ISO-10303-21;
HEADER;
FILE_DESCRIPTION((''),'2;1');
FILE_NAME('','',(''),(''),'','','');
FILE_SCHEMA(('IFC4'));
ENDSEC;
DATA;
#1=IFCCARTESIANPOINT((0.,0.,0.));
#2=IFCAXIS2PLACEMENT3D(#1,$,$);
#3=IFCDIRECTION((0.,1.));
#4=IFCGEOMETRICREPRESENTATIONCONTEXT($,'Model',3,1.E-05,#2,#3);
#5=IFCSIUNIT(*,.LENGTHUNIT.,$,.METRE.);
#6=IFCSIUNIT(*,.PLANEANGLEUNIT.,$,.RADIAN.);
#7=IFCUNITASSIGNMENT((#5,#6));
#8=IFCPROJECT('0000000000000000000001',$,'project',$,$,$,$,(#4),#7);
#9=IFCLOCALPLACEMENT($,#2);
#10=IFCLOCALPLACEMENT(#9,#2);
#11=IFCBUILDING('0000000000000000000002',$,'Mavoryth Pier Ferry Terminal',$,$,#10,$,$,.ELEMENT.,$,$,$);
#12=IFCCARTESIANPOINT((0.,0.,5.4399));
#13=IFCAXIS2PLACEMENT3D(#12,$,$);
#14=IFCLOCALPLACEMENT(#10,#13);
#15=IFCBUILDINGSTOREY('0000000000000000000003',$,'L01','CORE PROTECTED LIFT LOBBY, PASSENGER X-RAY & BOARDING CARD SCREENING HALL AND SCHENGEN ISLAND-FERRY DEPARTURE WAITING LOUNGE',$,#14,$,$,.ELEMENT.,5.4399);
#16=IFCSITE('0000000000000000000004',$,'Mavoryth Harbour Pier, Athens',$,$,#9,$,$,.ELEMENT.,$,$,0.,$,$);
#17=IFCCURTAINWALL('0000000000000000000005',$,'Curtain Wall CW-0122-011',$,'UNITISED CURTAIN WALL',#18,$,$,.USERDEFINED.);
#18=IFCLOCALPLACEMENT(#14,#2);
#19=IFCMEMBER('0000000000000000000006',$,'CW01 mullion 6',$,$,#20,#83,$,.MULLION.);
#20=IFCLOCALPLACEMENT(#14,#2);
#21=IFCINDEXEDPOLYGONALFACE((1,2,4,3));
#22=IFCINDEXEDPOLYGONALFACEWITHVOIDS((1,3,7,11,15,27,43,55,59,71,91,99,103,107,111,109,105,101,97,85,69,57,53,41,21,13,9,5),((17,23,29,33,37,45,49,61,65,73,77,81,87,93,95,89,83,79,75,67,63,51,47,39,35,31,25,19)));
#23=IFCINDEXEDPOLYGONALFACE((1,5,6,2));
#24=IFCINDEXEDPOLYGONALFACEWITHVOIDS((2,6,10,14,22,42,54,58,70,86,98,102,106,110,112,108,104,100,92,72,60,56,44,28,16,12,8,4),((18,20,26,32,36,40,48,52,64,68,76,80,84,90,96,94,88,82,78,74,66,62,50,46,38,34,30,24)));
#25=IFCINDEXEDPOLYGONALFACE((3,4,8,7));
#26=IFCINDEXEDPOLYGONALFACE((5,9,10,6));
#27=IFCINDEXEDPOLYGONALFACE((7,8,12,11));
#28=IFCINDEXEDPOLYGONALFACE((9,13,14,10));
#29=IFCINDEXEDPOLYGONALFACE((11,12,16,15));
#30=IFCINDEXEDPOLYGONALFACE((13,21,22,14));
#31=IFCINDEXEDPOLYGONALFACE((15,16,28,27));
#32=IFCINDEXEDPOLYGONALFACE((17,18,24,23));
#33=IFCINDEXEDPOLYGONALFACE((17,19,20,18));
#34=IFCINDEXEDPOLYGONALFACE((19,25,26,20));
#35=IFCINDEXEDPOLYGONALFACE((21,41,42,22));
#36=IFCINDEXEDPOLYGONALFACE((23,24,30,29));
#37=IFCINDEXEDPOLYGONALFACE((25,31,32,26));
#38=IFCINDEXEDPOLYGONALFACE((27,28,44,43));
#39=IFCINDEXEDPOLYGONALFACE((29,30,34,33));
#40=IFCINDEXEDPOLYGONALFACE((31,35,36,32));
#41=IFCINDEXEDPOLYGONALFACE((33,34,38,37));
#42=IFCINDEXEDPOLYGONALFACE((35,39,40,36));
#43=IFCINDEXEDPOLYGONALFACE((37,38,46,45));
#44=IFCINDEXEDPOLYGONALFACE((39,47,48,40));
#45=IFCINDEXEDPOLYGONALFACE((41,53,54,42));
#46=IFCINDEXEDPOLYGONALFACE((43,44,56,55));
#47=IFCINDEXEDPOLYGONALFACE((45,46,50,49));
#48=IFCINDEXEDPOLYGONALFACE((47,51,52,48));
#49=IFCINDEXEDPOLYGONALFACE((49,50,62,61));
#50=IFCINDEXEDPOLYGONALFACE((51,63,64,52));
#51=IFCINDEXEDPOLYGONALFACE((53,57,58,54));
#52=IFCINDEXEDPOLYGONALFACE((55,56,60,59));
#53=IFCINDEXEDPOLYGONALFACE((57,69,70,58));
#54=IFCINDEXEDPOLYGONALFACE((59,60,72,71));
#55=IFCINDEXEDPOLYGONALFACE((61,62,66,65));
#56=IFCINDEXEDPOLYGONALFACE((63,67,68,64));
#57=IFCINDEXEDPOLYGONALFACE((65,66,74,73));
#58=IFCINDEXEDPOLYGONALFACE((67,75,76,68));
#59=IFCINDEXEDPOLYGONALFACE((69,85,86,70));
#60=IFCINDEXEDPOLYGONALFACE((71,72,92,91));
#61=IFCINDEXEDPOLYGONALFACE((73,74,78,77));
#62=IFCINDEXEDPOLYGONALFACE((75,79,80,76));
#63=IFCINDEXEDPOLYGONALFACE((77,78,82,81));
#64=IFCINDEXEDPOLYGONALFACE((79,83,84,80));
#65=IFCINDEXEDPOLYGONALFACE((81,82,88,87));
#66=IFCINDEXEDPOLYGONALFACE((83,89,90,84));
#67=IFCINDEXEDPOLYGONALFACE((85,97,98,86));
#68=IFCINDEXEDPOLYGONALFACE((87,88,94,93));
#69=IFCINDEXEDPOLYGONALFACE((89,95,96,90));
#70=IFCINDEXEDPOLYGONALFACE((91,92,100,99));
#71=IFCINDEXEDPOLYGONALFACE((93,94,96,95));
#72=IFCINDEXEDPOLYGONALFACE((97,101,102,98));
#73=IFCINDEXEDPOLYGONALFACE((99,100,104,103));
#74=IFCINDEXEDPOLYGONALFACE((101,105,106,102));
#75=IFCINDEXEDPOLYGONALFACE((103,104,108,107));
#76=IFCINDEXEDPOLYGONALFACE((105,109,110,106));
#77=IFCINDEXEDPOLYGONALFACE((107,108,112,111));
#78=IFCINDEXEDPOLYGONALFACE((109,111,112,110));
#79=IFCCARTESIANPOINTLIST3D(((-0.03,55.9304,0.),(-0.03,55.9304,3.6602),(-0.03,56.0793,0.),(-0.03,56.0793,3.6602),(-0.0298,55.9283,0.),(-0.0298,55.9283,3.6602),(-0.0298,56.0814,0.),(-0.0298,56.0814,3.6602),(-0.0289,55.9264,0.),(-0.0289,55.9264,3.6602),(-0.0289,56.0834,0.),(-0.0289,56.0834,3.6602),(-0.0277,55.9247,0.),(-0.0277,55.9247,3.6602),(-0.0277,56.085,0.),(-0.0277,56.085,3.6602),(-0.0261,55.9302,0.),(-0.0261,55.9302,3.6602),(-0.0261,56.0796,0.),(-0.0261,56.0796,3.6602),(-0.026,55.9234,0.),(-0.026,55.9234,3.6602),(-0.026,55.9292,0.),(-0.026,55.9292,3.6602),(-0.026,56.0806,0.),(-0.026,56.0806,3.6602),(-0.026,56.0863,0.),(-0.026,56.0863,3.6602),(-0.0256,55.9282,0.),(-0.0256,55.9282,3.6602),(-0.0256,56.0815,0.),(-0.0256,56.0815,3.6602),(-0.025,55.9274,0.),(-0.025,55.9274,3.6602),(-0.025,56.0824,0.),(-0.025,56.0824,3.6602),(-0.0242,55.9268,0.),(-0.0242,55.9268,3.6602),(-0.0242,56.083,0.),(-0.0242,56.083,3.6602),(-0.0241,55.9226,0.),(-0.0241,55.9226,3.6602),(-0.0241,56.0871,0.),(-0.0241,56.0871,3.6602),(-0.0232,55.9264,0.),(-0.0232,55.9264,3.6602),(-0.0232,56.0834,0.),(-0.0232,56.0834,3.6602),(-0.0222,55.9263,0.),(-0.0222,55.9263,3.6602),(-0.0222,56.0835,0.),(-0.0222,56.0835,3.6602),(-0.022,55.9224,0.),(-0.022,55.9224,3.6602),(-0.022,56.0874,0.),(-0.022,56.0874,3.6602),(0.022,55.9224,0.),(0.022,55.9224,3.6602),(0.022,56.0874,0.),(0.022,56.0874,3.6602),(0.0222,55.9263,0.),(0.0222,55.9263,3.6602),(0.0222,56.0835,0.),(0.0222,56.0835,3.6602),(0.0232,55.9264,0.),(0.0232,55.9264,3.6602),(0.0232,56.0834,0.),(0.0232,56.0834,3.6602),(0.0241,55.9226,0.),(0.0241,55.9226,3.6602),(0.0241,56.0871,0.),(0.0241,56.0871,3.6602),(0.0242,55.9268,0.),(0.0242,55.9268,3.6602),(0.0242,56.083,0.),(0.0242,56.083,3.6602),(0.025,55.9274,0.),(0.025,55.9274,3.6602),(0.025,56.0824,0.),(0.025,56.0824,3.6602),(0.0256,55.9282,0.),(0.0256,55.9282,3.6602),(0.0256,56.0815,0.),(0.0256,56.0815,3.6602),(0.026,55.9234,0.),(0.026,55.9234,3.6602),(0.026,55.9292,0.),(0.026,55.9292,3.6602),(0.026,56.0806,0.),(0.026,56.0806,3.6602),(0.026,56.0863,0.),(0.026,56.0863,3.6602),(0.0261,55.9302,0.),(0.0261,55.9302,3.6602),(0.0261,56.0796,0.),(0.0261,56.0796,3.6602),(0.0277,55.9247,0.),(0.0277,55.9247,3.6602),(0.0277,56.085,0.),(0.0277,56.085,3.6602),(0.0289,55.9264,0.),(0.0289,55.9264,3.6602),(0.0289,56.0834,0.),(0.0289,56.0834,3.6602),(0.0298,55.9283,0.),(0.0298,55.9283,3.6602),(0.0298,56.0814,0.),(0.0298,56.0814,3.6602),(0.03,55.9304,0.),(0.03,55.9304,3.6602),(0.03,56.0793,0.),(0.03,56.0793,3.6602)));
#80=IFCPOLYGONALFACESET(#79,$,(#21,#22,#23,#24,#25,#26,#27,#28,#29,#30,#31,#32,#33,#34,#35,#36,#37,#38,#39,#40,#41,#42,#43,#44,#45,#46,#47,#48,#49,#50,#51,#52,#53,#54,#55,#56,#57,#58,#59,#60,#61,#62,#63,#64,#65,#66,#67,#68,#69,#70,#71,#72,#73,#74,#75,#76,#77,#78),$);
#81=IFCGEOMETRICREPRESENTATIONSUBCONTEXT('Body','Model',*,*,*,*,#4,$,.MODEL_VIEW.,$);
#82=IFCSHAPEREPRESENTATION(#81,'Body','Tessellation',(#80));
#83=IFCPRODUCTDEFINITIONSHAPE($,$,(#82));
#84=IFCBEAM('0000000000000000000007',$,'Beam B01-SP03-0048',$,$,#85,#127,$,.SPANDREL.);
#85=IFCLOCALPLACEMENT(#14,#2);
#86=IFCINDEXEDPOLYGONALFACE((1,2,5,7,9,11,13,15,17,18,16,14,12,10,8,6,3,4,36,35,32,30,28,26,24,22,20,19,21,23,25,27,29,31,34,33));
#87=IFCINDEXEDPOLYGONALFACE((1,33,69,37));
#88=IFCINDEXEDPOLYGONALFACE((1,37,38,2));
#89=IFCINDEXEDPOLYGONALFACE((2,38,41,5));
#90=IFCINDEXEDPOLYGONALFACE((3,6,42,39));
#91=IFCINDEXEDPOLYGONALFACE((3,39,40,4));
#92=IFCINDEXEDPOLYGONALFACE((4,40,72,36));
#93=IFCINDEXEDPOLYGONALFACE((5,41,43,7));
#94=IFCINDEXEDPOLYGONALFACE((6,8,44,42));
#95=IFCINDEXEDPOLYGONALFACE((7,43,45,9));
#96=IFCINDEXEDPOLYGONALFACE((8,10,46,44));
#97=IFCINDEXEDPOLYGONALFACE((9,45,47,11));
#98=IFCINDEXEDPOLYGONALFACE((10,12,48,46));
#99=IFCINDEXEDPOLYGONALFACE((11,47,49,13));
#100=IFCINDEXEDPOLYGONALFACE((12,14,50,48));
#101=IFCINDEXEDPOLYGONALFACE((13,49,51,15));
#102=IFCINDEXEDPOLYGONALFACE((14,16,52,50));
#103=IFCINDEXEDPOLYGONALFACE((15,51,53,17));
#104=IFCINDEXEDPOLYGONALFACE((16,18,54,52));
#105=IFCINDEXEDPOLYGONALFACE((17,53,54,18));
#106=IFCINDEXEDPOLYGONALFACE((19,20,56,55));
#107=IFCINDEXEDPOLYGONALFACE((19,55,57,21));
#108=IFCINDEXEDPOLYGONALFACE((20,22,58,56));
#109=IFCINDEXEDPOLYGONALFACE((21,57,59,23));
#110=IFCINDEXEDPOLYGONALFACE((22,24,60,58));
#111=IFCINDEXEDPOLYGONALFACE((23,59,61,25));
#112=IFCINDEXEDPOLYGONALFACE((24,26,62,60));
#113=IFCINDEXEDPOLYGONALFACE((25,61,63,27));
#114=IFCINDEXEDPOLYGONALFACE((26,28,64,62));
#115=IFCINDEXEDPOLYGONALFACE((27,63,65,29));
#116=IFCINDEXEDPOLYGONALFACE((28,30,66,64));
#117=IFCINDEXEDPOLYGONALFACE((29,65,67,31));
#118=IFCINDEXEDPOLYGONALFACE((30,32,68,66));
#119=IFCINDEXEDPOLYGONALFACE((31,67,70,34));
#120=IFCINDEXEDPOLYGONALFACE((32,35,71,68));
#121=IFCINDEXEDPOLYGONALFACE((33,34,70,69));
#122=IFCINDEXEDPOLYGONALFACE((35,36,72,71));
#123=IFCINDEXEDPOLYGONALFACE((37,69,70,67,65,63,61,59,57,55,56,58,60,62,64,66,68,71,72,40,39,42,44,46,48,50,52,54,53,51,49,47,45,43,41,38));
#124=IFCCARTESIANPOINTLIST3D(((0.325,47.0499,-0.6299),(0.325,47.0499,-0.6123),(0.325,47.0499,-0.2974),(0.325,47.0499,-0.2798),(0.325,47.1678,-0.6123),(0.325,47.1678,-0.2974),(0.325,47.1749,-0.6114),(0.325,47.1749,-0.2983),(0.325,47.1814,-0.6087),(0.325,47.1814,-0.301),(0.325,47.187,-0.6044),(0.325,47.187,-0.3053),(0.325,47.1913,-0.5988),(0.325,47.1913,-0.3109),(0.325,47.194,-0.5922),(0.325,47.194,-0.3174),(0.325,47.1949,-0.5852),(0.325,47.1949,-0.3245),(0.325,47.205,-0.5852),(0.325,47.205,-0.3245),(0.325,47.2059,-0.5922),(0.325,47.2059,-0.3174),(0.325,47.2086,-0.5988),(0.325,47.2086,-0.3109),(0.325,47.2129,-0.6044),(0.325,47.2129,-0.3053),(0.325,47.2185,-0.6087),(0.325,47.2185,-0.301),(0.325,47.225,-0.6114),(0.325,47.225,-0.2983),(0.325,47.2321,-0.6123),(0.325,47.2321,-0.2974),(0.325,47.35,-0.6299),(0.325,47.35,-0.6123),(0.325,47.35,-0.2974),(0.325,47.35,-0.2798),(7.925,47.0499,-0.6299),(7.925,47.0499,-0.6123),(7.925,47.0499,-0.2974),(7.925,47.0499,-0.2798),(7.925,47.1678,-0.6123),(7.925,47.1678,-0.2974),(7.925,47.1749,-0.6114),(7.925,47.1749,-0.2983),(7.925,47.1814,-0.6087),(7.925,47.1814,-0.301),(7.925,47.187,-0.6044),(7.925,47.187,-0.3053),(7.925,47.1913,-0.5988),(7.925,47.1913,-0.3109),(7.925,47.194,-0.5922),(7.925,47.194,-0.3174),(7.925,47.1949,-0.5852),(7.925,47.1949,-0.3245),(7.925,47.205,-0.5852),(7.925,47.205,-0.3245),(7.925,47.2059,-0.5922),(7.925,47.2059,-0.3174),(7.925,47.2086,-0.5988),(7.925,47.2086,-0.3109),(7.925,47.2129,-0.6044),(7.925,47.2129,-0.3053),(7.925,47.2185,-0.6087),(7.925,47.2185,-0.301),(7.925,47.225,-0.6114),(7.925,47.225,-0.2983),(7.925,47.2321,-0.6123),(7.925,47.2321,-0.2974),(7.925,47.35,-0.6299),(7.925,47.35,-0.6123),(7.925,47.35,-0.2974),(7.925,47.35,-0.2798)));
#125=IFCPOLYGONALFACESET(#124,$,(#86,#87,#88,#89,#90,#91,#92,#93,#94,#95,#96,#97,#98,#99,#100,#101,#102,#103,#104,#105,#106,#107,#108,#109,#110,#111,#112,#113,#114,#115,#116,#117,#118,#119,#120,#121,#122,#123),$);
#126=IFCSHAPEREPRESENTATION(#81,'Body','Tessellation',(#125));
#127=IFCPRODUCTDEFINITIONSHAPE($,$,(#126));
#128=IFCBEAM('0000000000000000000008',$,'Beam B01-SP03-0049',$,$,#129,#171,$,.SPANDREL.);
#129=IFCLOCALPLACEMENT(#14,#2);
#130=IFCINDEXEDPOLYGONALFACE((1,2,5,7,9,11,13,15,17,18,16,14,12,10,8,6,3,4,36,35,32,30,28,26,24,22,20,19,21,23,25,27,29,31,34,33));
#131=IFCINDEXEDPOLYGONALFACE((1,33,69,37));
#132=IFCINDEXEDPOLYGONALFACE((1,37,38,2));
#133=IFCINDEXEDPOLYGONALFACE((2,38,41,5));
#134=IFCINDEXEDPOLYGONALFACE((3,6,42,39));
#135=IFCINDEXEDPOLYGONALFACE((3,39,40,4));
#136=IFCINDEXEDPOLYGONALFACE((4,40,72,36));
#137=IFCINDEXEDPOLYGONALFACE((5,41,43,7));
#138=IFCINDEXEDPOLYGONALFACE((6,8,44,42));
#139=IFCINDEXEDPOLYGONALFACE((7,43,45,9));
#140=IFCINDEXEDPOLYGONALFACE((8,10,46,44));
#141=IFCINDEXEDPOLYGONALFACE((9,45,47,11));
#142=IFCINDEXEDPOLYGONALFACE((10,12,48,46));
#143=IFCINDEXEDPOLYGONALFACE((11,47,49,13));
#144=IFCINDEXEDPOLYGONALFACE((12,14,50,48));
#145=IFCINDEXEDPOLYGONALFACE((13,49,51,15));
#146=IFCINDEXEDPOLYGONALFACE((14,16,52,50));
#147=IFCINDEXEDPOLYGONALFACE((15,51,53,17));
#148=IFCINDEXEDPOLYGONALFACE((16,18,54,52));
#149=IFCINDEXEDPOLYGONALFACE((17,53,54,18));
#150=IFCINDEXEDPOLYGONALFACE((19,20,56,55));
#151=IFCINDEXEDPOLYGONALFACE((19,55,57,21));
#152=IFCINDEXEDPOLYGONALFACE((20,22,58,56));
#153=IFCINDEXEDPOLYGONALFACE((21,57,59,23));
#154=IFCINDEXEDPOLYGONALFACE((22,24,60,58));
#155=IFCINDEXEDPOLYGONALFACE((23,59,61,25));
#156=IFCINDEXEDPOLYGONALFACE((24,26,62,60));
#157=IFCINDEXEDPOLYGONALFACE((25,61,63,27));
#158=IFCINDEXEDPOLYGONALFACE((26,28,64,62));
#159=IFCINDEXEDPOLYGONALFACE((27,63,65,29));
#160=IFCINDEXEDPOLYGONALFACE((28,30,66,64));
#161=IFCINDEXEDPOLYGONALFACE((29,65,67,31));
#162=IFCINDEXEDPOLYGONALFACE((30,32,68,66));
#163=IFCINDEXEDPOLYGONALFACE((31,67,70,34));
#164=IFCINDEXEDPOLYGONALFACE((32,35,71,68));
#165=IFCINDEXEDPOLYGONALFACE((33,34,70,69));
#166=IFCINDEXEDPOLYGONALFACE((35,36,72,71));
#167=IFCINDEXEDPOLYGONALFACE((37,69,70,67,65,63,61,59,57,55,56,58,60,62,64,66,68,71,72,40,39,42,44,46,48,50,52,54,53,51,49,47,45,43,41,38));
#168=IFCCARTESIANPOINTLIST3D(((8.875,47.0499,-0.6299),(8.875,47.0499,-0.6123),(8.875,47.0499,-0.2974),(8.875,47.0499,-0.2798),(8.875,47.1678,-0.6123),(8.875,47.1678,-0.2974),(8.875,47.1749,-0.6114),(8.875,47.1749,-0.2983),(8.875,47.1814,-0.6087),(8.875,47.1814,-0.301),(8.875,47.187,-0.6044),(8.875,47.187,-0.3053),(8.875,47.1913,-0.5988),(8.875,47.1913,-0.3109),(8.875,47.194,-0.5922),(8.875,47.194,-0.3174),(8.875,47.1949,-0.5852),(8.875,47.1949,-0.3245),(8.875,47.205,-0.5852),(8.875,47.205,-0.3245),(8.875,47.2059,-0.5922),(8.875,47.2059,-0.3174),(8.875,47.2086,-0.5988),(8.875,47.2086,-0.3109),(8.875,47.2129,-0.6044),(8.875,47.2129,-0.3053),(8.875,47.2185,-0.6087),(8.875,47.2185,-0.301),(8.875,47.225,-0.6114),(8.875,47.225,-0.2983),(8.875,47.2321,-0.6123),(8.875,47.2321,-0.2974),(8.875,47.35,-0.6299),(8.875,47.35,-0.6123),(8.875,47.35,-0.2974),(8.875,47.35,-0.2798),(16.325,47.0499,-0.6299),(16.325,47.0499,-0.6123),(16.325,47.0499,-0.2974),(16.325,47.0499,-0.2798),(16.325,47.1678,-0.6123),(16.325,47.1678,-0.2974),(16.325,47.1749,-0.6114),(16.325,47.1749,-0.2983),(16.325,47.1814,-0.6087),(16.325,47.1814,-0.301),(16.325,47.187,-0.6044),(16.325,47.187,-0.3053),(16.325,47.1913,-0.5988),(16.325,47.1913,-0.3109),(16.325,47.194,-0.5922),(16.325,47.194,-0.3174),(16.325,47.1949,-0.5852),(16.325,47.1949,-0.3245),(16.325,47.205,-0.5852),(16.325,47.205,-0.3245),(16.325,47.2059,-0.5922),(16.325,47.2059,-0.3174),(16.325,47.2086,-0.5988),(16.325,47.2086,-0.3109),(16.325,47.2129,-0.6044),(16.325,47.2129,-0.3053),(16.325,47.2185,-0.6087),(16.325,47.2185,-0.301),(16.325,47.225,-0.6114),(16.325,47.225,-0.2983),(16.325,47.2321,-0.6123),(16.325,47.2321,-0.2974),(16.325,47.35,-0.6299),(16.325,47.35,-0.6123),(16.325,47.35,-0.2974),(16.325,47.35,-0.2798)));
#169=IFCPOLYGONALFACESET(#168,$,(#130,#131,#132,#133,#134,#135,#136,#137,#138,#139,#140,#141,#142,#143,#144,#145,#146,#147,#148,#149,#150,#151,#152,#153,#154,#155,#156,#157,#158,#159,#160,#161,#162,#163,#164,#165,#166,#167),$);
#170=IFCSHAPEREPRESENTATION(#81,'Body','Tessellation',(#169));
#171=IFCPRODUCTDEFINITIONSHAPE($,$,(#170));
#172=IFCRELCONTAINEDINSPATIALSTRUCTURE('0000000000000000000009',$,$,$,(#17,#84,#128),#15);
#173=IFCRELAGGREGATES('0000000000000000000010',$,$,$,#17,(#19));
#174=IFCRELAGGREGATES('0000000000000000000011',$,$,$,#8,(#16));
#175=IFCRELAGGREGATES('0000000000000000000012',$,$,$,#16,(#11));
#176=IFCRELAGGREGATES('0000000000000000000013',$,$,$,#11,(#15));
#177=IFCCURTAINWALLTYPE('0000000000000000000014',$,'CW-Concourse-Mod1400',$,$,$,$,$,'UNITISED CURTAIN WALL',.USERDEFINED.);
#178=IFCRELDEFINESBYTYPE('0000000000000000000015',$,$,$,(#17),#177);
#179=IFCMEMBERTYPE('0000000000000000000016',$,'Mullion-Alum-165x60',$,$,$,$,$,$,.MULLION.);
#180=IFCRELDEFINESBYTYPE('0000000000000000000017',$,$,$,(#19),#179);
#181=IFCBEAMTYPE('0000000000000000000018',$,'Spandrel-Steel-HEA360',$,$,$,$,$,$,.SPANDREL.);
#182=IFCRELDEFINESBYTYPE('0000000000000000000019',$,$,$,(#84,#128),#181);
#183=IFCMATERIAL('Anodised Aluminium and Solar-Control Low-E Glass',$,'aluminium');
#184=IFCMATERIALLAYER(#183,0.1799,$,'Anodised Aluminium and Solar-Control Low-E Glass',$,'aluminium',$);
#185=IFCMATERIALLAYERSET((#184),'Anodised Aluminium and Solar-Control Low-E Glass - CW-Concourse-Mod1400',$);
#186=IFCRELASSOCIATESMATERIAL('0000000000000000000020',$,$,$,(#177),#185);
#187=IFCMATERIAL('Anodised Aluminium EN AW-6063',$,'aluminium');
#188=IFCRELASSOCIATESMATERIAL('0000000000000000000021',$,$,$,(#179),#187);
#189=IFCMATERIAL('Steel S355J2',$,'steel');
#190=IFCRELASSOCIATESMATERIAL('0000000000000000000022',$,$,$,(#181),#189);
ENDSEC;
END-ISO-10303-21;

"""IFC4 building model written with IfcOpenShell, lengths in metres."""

from ifc_helpers import new_model, si_unit, direction, frame, origin, origin_2d, place, context, subcontext, project, spatial, hollow_rectangle, i_section, extrude, material, layer, layer_set, material_profile, profile_set, type_object, element, aggregate, save


model = new_model("IFC4")

# Units and contexts
model_context = context("Model", 3, precision=1e-05, world=origin(), true_north=direction((0.0, 1.0)))
body_context = subcontext(model_context, "Body", "Model", "MODEL_VIEW")
ifc_project = project(units=[si_unit("LENGTHUNIT", "METRE"), si_unit("PLANEANGLEUNIT", "RADIAN")], contexts=[model_context])

# Site, building, storey
site_placement = place(None, origin())
site = spatial("IfcSite", under=ifc_project, at=site_placement, Name="Mavoryth Harbour Pier, Athens", CompositionType="ELEMENT", RefElevation=0.0)
building_placement = place(site_placement, origin())
building = spatial("IfcBuilding", under=site, at=building_placement, Name="Mavoryth Pier Ferry Terminal", CompositionType="ELEMENT")
storey_placement = place(building_placement, frame((0.0, 0.0, 5.4399)))
storey = spatial("IfcBuildingStorey", under=building, at=storey_placement, Name="L01", Description="CORE PROTECTED LIFT LOBBY, PASSENGER X-RAY & BOARDING CARD SCREENING HALL AND SCHENGEN ISLAND-FERRY DEPARTURE WAITING LOUNGE", CompositionType="ELEMENT", Elevation=5.4399)

# Shared definitions
ifc_material_1 = material(Name="Steel S355J2", Category="steel")

# Curtain wall, member
ifc_material_2 = material(Name="Anodised Aluminium and Solar-Control Low-E Glass", Category="aluminium")
ifc_layer_1 = layer(ifc_material_2, 0.1799, Name="Anodised Aluminium and Solar-Control Low-E Glass", Category="aluminium")
ifc_layer_set_1 = layer_set([ifc_layer_1], Name="Anodised Aluminium and Solar-Control Low-E Glass - CW-Concourse-Mod1400")
curtain_wall_type = type_object("IfcCurtainWallType", Name="CW-Concourse-Mod1400", ElementType="UNITISED CURTAIN WALL", PredefinedType="USERDEFINED", material=ifc_layer_set_1)
ifc_material_3 = material(Name="Anodised Aluminium EN AW-6063", Category="aluminium")
ifc_material_profile_1 = material_profile(ifc_material_3, hollow_rectangle(XDim=0.0601, YDim=0.165, WallThickness=0.0039, InnerFilletRadius=0.0039, OuterFilletRadius=0.0081, at=origin_2d()), Name="AL-MULL 165x60x4", Category="aluminium")
ifc_profile_set_1 = profile_set([ifc_material_profile_1], Name="Anodised Aluminium EN AW-6063 - AL-MULL 165x60x4")
member_type_1 = type_object("IfcMemberType", Name="Mullion-Alum-165x60", PredefinedType="MULLION", material=ifc_profile_set_1)
curtain_wall_1_placement = place(storey_placement, origin())
curtain_wall_1 = element("IfcCurtainWall", 1, at=curtain_wall_1_placement, inside=storey, type_object=curtain_wall_type, Name="Curtain Wall CW-0122-011", ObjectType="UNITISED CURTAIN WALL", PredefinedType="USERDEFINED")
member_1_placement = place(storey_placement, frame((0.0, 56.0049, 0.0), z_axis=(0.0, 0.0, 1.0), x_axis=(1.0, 0.0, 0.0)))
member_1 = element("IfcMember", 2, at=member_1_placement, type_object=member_type_1, Name="CW01 mullion 6", PredefinedType="MULLION", context=body_context, shape_type="SweptSolid", body=[
    extrude(hollow_rectangle(XDim=0.0601, YDim=0.165, WallThickness=0.0039, InnerFilletRadius=0.0039, OuterFilletRadius=0.0081, at=origin_2d()), origin(), (0.0, 0.0, 1.0), 3.6602),
])

# Beams
ifc_material_profile_2 = material_profile(ifc_material_1, i_section(OverallWidth=0.3, OverallDepth=0.3501, WebThickness=0.01, FlangeThickness=0.0176, FilletRadius=0.0271, at=origin_2d()), Name="HEA 360", Category="steel")
ifc_profile_set_2 = profile_set([ifc_material_profile_2], Name="Steel S355J2 - HEA 360")
beam_type_1 = type_object("IfcBeamType", Name="Spandrel-Steel-HEA360", PredefinedType="SPANDREL", material=ifc_profile_set_2)
beam_1_placement = place(storey_placement, frame((0.325, 47.2, -0.4548), z_axis=(1.0, 0.0, 0.0), x_axis=(0.0, 1.0, 0.0)))
element("IfcBeam", 3, at=beam_1_placement, inside=storey, type_object=beam_type_1, Name="Beam B01-SP03-0048", PredefinedType="SPANDREL", context=body_context, shape_type="SweptSolid", body=[
    extrude(i_section(OverallWidth=0.3, OverallDepth=0.3501, WebThickness=0.01, FlangeThickness=0.0176, FilletRadius=0.0271, at=origin_2d()), origin(), (0.0, 0.0, 1.0), 7.6001),
])
beam_2_placement = place(storey_placement, frame((8.875, 47.2, -0.4548), z_axis=(1.0, 0.0, 0.0), x_axis=(0.0, 1.0, 0.0)))
element("IfcBeam", 4, at=beam_2_placement, inside=storey, type_object=beam_type_1, Name="Beam B01-SP03-0049", PredefinedType="SPANDREL", context=body_context, shape_type="SweptSolid", body=[
    extrude(i_section(OverallWidth=0.3, OverallDepth=0.3501, WebThickness=0.01, FlangeThickness=0.0176, FilletRadius=0.0271, at=origin_2d()), origin(), (0.0, 0.0, 1.0), 7.45),
])

aggregate(curtain_wall_1, [member_1])

save(model, "model.ifc")
